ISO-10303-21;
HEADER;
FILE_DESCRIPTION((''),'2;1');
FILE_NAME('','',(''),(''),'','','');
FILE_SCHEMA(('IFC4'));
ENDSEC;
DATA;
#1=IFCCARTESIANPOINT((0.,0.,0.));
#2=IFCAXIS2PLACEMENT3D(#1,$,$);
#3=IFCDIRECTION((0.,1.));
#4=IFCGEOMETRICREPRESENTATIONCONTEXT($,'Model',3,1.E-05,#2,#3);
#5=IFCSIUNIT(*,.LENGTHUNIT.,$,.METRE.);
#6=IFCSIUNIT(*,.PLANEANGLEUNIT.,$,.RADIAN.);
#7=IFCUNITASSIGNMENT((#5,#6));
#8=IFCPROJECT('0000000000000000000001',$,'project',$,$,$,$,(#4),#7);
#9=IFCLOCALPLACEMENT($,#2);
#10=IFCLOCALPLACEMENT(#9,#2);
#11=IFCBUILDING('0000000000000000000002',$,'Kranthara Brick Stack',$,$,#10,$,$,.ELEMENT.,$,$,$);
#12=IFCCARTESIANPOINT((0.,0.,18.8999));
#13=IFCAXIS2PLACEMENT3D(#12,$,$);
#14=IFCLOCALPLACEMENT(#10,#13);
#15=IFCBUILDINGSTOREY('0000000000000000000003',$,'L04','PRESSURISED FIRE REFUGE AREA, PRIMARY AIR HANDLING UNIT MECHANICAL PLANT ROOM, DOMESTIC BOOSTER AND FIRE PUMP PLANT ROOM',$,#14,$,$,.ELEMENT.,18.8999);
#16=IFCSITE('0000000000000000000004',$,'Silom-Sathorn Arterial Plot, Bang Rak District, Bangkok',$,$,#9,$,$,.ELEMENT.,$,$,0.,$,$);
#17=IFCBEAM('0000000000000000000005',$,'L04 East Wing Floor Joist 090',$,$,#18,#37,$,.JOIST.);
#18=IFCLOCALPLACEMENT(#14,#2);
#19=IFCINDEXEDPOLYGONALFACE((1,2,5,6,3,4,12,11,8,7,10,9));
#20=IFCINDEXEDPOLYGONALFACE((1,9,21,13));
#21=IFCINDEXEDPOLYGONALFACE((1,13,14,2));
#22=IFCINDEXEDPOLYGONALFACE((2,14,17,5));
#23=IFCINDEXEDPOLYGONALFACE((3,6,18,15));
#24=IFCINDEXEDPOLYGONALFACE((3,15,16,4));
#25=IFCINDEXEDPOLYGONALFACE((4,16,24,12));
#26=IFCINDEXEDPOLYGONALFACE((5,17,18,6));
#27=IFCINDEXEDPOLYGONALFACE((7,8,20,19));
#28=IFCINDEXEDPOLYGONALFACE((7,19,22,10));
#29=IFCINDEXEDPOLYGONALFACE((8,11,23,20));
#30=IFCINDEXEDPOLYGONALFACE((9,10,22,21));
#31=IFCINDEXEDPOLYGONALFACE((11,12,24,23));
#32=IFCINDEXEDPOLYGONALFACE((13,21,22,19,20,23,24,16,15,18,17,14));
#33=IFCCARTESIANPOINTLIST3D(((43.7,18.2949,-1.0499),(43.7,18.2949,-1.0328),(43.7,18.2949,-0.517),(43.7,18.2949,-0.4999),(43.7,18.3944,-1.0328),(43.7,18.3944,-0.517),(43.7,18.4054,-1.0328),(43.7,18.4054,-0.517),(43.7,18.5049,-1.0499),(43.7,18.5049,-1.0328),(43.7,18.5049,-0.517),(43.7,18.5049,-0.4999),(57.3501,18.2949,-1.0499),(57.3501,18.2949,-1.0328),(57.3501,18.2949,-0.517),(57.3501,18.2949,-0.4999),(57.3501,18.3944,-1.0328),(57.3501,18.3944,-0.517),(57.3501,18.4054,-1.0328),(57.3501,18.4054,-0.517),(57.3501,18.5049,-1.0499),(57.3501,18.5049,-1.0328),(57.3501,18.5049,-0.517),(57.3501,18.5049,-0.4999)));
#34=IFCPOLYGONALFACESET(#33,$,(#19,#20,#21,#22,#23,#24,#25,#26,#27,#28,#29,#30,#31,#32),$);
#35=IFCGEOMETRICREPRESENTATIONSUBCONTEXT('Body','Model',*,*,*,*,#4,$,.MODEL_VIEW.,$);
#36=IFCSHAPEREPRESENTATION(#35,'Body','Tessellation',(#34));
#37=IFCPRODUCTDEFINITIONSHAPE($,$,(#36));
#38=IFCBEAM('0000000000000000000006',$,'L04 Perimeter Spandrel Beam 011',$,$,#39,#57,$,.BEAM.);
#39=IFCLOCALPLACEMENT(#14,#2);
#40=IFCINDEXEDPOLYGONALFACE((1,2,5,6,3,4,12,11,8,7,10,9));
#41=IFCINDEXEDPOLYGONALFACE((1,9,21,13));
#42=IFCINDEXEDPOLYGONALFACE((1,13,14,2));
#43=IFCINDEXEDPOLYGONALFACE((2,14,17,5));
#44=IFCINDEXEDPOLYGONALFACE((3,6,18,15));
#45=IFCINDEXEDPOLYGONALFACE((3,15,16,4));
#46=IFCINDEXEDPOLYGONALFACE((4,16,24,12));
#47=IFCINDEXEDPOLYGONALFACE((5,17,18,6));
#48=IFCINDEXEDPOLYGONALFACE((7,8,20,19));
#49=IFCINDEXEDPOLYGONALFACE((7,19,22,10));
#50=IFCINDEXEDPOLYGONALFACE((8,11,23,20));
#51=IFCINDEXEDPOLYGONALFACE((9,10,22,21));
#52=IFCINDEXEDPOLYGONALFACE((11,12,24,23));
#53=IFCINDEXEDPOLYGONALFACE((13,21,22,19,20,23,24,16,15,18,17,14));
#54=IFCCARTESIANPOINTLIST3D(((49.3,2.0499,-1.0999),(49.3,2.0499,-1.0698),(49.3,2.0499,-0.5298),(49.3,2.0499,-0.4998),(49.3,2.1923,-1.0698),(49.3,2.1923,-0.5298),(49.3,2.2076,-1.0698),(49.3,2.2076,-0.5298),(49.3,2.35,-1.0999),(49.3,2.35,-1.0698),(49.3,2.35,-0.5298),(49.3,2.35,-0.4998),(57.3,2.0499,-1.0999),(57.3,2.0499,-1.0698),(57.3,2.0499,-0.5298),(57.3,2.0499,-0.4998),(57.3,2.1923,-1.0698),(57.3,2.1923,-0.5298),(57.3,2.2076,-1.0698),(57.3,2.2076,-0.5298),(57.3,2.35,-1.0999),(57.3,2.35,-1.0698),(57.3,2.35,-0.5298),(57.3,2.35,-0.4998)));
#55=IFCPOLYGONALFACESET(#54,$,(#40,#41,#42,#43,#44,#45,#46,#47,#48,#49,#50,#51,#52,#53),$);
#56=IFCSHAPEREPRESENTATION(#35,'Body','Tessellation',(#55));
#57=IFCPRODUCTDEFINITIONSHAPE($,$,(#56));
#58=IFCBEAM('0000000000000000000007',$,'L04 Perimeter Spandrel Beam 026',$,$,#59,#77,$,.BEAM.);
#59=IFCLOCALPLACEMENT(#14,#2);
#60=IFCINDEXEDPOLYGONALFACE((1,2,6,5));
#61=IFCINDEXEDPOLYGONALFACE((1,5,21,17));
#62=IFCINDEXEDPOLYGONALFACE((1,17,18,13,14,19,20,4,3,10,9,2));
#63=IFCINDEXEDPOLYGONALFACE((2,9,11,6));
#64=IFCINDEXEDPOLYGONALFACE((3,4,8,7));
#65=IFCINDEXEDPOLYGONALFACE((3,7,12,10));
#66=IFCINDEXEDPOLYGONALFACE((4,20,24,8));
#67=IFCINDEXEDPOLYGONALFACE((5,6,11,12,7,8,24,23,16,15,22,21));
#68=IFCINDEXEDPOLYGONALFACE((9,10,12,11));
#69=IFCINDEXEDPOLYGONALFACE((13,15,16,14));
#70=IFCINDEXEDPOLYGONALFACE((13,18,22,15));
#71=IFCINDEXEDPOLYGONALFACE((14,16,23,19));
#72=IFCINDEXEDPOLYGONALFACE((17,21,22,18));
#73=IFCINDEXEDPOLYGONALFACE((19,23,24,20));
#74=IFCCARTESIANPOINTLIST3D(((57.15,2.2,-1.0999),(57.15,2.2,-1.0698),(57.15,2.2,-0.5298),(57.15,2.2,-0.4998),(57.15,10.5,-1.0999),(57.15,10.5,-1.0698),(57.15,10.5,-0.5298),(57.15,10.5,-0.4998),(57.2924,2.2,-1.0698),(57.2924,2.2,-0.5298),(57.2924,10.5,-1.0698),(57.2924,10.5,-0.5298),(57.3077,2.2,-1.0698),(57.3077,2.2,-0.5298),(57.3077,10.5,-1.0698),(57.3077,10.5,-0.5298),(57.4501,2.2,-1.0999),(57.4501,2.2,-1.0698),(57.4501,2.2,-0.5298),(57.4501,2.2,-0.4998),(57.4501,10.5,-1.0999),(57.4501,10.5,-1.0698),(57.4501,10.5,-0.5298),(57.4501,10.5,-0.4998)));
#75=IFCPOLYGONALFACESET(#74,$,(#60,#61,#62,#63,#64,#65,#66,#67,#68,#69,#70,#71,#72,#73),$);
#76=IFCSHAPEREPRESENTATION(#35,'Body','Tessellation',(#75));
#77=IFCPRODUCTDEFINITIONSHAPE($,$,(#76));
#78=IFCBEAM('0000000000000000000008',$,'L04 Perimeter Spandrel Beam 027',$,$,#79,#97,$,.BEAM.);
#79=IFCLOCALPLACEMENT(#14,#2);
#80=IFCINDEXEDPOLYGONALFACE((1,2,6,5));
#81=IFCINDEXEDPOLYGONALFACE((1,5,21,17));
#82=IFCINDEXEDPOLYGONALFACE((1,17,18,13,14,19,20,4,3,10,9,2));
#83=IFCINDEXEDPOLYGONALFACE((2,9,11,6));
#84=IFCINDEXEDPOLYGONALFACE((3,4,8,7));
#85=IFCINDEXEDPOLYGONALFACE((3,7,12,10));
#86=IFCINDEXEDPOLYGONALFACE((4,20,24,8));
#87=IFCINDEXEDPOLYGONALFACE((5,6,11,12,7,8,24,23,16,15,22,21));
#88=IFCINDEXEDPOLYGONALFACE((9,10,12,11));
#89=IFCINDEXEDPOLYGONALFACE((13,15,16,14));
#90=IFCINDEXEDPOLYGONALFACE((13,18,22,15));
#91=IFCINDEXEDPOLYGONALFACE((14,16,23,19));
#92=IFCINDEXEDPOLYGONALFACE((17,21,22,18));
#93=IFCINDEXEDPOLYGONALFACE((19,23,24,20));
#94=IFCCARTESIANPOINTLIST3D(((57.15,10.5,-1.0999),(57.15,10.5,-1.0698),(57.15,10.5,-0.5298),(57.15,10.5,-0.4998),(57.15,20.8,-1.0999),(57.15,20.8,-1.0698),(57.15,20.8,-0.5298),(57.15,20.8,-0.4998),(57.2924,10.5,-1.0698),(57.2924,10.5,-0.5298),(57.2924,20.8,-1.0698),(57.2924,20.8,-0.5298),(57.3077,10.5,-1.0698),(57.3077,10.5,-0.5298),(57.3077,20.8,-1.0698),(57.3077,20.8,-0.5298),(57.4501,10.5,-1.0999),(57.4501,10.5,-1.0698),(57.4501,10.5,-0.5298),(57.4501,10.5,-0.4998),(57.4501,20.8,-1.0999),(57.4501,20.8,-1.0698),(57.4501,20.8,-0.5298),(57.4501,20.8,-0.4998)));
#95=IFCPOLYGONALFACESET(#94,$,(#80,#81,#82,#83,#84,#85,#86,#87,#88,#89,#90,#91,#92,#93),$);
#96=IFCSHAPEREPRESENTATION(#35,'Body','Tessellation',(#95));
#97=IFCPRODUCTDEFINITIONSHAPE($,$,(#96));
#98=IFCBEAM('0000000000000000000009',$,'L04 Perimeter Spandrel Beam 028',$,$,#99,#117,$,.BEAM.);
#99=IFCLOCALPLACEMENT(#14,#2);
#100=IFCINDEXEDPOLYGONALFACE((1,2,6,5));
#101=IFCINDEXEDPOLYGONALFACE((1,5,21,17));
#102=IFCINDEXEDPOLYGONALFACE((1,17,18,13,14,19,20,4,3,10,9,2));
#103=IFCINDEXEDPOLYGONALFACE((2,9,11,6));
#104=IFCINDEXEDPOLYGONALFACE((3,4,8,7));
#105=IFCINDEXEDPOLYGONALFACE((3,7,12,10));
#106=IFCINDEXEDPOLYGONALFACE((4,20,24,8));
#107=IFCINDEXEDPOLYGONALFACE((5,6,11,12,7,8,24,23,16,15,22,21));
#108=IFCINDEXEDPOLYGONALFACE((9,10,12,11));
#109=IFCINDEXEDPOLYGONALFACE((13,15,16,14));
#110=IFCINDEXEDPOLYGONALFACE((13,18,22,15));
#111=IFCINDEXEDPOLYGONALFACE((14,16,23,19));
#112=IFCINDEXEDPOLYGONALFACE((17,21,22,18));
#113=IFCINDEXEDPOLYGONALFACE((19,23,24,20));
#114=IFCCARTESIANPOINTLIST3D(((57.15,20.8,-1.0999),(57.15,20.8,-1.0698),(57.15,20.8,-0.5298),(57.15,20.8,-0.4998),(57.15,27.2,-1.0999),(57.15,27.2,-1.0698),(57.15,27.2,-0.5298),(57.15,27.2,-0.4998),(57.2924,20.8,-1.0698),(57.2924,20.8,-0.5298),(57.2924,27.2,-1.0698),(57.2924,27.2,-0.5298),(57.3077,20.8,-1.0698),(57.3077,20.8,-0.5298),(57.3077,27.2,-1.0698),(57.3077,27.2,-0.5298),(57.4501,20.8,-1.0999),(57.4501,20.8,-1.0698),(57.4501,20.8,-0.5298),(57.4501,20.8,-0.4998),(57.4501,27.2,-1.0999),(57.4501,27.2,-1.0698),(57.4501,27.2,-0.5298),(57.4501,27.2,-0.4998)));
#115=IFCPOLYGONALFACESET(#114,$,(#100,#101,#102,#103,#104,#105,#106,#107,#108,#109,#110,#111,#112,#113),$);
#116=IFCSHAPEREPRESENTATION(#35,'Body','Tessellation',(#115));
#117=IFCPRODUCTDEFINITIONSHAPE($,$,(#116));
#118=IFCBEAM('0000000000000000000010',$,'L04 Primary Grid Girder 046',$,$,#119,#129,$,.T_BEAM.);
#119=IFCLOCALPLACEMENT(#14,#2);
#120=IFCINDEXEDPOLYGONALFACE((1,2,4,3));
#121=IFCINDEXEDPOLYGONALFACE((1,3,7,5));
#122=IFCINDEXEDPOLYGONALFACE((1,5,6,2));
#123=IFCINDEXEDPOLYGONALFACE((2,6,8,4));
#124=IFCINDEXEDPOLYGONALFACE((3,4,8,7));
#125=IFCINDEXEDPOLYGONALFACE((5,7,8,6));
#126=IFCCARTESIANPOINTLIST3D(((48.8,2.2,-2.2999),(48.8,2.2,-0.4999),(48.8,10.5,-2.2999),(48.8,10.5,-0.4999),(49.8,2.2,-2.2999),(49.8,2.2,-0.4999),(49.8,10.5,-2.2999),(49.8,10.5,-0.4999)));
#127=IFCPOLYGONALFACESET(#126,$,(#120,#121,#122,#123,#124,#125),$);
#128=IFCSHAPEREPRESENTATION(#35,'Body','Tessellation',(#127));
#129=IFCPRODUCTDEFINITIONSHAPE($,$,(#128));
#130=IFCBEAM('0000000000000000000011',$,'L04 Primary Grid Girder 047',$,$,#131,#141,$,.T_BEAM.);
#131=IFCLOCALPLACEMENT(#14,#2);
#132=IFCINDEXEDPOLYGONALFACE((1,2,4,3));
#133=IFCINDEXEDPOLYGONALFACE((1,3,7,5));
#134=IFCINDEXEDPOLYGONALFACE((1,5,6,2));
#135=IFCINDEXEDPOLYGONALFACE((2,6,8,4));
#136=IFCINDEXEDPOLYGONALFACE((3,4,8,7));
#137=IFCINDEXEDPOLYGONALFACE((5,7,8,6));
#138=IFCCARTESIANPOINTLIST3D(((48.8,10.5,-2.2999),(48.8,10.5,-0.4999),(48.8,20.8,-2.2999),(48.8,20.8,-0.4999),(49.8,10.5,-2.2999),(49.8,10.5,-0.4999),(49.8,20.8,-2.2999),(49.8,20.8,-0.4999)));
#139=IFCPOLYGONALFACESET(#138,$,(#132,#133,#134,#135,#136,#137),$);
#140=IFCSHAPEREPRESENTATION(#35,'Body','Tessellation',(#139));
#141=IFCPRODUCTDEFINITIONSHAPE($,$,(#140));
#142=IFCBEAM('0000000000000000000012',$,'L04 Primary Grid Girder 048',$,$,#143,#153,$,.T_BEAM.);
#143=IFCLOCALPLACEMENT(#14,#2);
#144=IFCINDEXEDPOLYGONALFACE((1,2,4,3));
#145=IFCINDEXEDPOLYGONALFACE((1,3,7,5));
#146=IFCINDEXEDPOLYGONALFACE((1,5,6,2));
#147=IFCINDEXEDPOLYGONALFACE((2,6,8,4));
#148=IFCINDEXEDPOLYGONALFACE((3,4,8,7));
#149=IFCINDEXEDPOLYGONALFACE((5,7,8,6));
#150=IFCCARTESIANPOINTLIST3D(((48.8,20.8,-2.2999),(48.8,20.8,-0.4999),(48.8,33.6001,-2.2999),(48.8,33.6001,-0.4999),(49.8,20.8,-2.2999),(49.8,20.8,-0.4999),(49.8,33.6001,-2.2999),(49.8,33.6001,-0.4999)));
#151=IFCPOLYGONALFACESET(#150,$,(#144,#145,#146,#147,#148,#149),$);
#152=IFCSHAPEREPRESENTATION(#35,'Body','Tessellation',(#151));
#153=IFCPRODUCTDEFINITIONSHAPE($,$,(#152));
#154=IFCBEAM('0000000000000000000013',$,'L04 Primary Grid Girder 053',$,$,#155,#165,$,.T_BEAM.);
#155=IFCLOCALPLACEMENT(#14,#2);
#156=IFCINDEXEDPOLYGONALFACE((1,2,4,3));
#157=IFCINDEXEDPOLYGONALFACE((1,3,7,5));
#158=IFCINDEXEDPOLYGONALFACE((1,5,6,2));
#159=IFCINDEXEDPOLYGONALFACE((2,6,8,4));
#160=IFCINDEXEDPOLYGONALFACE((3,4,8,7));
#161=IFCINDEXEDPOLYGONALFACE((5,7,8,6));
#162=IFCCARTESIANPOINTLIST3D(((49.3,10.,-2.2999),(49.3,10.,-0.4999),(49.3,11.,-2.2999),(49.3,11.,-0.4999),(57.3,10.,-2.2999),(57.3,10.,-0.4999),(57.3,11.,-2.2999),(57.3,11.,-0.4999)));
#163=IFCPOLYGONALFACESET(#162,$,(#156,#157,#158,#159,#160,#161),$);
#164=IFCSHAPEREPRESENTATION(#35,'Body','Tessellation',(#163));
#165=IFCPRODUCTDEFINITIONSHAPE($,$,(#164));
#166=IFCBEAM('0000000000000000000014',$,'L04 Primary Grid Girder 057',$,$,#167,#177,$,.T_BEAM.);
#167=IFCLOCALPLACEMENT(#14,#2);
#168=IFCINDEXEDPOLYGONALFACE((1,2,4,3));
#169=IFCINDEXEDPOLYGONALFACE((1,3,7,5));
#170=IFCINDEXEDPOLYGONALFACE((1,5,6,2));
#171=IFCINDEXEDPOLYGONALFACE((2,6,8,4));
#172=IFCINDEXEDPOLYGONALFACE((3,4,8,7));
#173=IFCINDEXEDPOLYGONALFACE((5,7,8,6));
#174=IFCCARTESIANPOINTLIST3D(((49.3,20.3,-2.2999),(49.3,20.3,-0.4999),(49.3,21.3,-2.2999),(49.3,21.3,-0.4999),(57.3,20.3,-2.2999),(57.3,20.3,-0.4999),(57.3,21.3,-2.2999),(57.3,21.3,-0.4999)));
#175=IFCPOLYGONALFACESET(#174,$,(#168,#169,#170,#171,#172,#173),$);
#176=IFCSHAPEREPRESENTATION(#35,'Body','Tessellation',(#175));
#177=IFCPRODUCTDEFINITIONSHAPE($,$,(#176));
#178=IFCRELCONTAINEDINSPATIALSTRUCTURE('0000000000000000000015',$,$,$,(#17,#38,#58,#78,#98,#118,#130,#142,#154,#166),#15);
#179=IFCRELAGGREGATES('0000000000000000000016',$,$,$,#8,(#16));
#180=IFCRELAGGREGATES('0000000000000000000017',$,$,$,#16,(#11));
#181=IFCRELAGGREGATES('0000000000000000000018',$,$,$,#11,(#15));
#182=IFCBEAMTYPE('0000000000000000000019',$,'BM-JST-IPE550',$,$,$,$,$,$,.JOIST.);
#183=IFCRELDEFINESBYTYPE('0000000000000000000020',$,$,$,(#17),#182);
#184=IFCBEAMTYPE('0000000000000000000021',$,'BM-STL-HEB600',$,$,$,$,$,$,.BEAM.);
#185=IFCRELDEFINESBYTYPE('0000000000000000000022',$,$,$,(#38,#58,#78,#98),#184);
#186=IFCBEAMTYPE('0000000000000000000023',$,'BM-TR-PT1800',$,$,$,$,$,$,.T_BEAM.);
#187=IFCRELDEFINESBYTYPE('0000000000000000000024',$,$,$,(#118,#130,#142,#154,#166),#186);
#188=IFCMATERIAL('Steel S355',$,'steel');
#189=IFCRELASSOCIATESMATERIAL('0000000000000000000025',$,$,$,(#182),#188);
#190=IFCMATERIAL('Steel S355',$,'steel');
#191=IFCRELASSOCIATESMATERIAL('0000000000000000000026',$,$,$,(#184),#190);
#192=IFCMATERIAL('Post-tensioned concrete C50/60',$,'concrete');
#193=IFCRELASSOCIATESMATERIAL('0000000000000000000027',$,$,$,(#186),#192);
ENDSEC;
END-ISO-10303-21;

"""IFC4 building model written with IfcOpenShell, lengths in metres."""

from ifc_helpers import new_model, si_unit, direction, frame, origin, origin_2d, place, context, subcontext, project, spatial, rectangle, i_section, extrude, material, material_profile, profile_set, type_object, element, save


model = new_model("IFC4")

# Units and contexts
model_context = context("Model", 3, precision=1e-05, world=origin(), true_north=direction((0.0, 1.0)))
body_context = subcontext(model_context, "Body", "Model", "MODEL_VIEW")
ifc_project = project(units=[si_unit("LENGTHUNIT", "METRE"), si_unit("PLANEANGLEUNIT", "RADIAN")], contexts=[model_context])

# Site, building, storey
site_placement = place(None, origin())
site = spatial("IfcSite", under=ifc_project, at=site_placement, Name="Silom-Sathorn Arterial Plot, Bang Rak District, Bangkok", CompositionType="ELEMENT", RefElevation=0.0)
building_placement = place(site_placement, origin())
building = spatial("IfcBuilding", under=site, at=building_placement, Name="Kranthara Brick Stack", CompositionType="ELEMENT")
storey_placement = place(building_placement, frame((0.0, 0.0, 18.8999)))
storey = spatial("IfcBuildingStorey", under=building, at=storey_placement, Name="L04", Description="PRESSURISED FIRE REFUGE AREA, PRIMARY AIR HANDLING UNIT MECHANICAL PLANT ROOM, DOMESTIC BOOSTER AND FIRE PUMP PLANT ROOM", CompositionType="ELEMENT", Elevation=18.8999)

# Beams
ifc_material_1 = material(Name="Steel S355", Category="steel")
ifc_material_profile_1 = material_profile(ifc_material_1, i_section(OverallWidth=0.21, OverallDepth=0.55, WebThickness=0.011, FlangeThickness=0.0171, at=origin_2d()), Name="IPE 550")
ifc_profile_set_1 = profile_set([ifc_material_profile_1], Name="Steel S355")
beam_type_1 = type_object("IfcBeamType", Name="BM-JST-IPE550", PredefinedType="JOIST", material=ifc_profile_set_1)
for number, where, z_axis, x_axis, name in (
    (1, (43.7, 18.3999, -0.7749), (1.0, 0.0, 0.0), (0.0, 1.0, 0.0), "L04 East Wing Floor Joist 090"),
):
    element("IfcBeam", number, at=place(storey_placement, frame(where, z_axis=z_axis, x_axis=x_axis)), inside=storey, type_object=beam_type_1, Name=name, PredefinedType="JOIST", context=body_context, shape_type="SweptSolid", body=[
        extrude(i_section(OverallWidth=0.21, OverallDepth=0.55, WebThickness=0.011, FlangeThickness=0.0171, at=origin_2d()), origin(), (0.0, 0.0, 1.0), 13.6501),
    ])
ifc_material_2 = material(Name="Steel S355", Category="steel")
ifc_material_profile_2 = material_profile(ifc_material_2, i_section(OverallWidth=0.3, OverallDepth=0.6001, WebThickness=0.0154, FlangeThickness=0.03, at=origin_2d()), Name="HEB 600")
ifc_profile_set_2 = profile_set([ifc_material_profile_2], Name="Steel S355")
beam_type_2 = type_object("IfcBeamType", Name="BM-STL-HEB600", PredefinedType="BEAM", material=ifc_profile_set_2)
beam_1_placement = place(storey_placement, frame((49.3, 2.2, -0.7998), z_axis=(1.0, 0.0, 0.0), x_axis=(0.0, 1.0, 0.0)))
element("IfcBeam", 2, at=beam_1_placement, inside=storey, type_object=beam_type_2, Name="L04 Perimeter Spandrel Beam 011", PredefinedType="BEAM", context=body_context, shape_type="SweptSolid", body=[
    extrude(i_section(OverallWidth=0.3, OverallDepth=0.6001, WebThickness=0.0154, FlangeThickness=0.03, at=origin_2d()), origin(), (0.0, 0.0, 1.0), 8.0),
])
beam_2_placement = place(storey_placement, frame((57.3, 2.2, -0.7998), z_axis=(0.0, 1.0, 0.0), x_axis=(-1.0, 0.0, 0.0)))
element("IfcBeam", 3, at=beam_2_placement, inside=storey, type_object=beam_type_2, Name="L04 Perimeter Spandrel Beam 026", PredefinedType="BEAM", context=body_context, shape_type="SweptSolid", body=[
    extrude(i_section(OverallWidth=0.3, OverallDepth=0.6001, WebThickness=0.0154, FlangeThickness=0.03, at=origin_2d()), origin(), (0.0, 0.0, 1.0), 8.3),
])
beam_3_placement = place(storey_placement, frame((57.3, 10.5, -0.7998), z_axis=(0.0, 1.0, 0.0), x_axis=(-1.0, 0.0, 0.0)))
element("IfcBeam", 4, at=beam_3_placement, inside=storey, type_object=beam_type_2, Name="L04 Perimeter Spandrel Beam 027", PredefinedType="BEAM", context=body_context, shape_type="SweptSolid", body=[
    extrude(i_section(OverallWidth=0.3, OverallDepth=0.6001, WebThickness=0.0154, FlangeThickness=0.03, at=origin_2d()), origin(), (0.0, 0.0, 1.0), 10.3),
])
beam_4_placement = place(storey_placement, frame((57.3, 20.8, -0.7998), z_axis=(0.0, 1.0, 0.0), x_axis=(-1.0, 0.0, 0.0)))
element("IfcBeam", 5, at=beam_4_placement, inside=storey, type_object=beam_type_2, Name="L04 Perimeter Spandrel Beam 028", PredefinedType="BEAM", context=body_context, shape_type="SweptSolid", body=[
    extrude(i_section(OverallWidth=0.3, OverallDepth=0.6001, WebThickness=0.0154, FlangeThickness=0.03, at=origin_2d()), origin(), (0.0, 0.0, 1.0), 6.3999),
])
ifc_material_3 = material(Name="Post-tensioned concrete C50/60", Category="concrete")
ifc_material_profile_3 = material_profile(ifc_material_3, rectangle(XDim=1.0, YDim=1.8, at=origin_2d()), Name="PT 1000x1800")
ifc_profile_set_3 = profile_set([ifc_material_profile_3], Name="Post-tensioned concrete C50/60")
beam_type_3 = type_object("IfcBeamType", Name="BM-TR-PT1800", PredefinedType="T_BEAM", material=ifc_profile_set_3)
beam_5_placement = place(storey_placement, frame((49.3, 2.2, -1.3999), z_axis=(0.0, 1.0, 0.0), x_axis=(-1.0, 0.0, 0.0)))
element("IfcBeam", 6, at=beam_5_placement, inside=storey, type_object=beam_type_3, Name="L04 Primary Grid Girder 046", PredefinedType="T_BEAM", context=body_context, shape_type="SweptSolid", body=[
    extrude(rectangle(XDim=1.0, YDim=1.8, at=origin_2d()), origin(), (0.0, 0.0, 1.0), 8.3),
])
beam_6_placement = place(storey_placement, frame((49.3, 10.5, -1.3999), z_axis=(0.0, 1.0, 0.0), x_axis=(-1.0, 0.0, 0.0)))
element("IfcBeam", 7, at=beam_6_placement, inside=storey, type_object=beam_type_3, Name="L04 Primary Grid Girder 047", PredefinedType="T_BEAM", context=body_context, shape_type="SweptSolid", body=[
    extrude(rectangle(XDim=1.0, YDim=1.8, at=origin_2d()), origin(), (0.0, 0.0, 1.0), 10.3),
])
beam_7_placement = place(storey_placement, frame((49.3, 20.8, -1.3999), z_axis=(0.0, 1.0, 0.0), x_axis=(-1.0, 0.0, 0.0)))
element("IfcBeam", 8, at=beam_7_placement, inside=storey, type_object=beam_type_3, Name="L04 Primary Grid Girder 048", PredefinedType="T_BEAM", context=body_context, shape_type="SweptSolid", body=[
    extrude(rectangle(XDim=1.0, YDim=1.8, at=origin_2d()), origin(), (0.0, 0.0, 1.0), 12.8),
])
for number, where, z_axis, x_axis, name in (
    (9, (49.3, 10.5, -1.3999), (1.0, 0.0, 0.0), (0.0, 1.0, 0.0), "L04 Primary Grid Girder 053"),
    (10, (49.3, 20.8, -1.3999), (1.0, 0.0, 0.0), (0.0, 1.0, 0.0), "L04 Primary Grid Girder 057"),
):
    element("IfcBeam", number, at=place(storey_placement, frame(where, z_axis=z_axis, x_axis=x_axis)), inside=storey, type_object=beam_type_3, Name=name, PredefinedType="T_BEAM", context=body_context, shape_type="SweptSolid", body=[
        extrude(rectangle(XDim=1.0, YDim=1.8, at=origin_2d()), origin(), (0.0, 0.0, 1.0), 8.0),
    ])

save(model, "model.ifc")
